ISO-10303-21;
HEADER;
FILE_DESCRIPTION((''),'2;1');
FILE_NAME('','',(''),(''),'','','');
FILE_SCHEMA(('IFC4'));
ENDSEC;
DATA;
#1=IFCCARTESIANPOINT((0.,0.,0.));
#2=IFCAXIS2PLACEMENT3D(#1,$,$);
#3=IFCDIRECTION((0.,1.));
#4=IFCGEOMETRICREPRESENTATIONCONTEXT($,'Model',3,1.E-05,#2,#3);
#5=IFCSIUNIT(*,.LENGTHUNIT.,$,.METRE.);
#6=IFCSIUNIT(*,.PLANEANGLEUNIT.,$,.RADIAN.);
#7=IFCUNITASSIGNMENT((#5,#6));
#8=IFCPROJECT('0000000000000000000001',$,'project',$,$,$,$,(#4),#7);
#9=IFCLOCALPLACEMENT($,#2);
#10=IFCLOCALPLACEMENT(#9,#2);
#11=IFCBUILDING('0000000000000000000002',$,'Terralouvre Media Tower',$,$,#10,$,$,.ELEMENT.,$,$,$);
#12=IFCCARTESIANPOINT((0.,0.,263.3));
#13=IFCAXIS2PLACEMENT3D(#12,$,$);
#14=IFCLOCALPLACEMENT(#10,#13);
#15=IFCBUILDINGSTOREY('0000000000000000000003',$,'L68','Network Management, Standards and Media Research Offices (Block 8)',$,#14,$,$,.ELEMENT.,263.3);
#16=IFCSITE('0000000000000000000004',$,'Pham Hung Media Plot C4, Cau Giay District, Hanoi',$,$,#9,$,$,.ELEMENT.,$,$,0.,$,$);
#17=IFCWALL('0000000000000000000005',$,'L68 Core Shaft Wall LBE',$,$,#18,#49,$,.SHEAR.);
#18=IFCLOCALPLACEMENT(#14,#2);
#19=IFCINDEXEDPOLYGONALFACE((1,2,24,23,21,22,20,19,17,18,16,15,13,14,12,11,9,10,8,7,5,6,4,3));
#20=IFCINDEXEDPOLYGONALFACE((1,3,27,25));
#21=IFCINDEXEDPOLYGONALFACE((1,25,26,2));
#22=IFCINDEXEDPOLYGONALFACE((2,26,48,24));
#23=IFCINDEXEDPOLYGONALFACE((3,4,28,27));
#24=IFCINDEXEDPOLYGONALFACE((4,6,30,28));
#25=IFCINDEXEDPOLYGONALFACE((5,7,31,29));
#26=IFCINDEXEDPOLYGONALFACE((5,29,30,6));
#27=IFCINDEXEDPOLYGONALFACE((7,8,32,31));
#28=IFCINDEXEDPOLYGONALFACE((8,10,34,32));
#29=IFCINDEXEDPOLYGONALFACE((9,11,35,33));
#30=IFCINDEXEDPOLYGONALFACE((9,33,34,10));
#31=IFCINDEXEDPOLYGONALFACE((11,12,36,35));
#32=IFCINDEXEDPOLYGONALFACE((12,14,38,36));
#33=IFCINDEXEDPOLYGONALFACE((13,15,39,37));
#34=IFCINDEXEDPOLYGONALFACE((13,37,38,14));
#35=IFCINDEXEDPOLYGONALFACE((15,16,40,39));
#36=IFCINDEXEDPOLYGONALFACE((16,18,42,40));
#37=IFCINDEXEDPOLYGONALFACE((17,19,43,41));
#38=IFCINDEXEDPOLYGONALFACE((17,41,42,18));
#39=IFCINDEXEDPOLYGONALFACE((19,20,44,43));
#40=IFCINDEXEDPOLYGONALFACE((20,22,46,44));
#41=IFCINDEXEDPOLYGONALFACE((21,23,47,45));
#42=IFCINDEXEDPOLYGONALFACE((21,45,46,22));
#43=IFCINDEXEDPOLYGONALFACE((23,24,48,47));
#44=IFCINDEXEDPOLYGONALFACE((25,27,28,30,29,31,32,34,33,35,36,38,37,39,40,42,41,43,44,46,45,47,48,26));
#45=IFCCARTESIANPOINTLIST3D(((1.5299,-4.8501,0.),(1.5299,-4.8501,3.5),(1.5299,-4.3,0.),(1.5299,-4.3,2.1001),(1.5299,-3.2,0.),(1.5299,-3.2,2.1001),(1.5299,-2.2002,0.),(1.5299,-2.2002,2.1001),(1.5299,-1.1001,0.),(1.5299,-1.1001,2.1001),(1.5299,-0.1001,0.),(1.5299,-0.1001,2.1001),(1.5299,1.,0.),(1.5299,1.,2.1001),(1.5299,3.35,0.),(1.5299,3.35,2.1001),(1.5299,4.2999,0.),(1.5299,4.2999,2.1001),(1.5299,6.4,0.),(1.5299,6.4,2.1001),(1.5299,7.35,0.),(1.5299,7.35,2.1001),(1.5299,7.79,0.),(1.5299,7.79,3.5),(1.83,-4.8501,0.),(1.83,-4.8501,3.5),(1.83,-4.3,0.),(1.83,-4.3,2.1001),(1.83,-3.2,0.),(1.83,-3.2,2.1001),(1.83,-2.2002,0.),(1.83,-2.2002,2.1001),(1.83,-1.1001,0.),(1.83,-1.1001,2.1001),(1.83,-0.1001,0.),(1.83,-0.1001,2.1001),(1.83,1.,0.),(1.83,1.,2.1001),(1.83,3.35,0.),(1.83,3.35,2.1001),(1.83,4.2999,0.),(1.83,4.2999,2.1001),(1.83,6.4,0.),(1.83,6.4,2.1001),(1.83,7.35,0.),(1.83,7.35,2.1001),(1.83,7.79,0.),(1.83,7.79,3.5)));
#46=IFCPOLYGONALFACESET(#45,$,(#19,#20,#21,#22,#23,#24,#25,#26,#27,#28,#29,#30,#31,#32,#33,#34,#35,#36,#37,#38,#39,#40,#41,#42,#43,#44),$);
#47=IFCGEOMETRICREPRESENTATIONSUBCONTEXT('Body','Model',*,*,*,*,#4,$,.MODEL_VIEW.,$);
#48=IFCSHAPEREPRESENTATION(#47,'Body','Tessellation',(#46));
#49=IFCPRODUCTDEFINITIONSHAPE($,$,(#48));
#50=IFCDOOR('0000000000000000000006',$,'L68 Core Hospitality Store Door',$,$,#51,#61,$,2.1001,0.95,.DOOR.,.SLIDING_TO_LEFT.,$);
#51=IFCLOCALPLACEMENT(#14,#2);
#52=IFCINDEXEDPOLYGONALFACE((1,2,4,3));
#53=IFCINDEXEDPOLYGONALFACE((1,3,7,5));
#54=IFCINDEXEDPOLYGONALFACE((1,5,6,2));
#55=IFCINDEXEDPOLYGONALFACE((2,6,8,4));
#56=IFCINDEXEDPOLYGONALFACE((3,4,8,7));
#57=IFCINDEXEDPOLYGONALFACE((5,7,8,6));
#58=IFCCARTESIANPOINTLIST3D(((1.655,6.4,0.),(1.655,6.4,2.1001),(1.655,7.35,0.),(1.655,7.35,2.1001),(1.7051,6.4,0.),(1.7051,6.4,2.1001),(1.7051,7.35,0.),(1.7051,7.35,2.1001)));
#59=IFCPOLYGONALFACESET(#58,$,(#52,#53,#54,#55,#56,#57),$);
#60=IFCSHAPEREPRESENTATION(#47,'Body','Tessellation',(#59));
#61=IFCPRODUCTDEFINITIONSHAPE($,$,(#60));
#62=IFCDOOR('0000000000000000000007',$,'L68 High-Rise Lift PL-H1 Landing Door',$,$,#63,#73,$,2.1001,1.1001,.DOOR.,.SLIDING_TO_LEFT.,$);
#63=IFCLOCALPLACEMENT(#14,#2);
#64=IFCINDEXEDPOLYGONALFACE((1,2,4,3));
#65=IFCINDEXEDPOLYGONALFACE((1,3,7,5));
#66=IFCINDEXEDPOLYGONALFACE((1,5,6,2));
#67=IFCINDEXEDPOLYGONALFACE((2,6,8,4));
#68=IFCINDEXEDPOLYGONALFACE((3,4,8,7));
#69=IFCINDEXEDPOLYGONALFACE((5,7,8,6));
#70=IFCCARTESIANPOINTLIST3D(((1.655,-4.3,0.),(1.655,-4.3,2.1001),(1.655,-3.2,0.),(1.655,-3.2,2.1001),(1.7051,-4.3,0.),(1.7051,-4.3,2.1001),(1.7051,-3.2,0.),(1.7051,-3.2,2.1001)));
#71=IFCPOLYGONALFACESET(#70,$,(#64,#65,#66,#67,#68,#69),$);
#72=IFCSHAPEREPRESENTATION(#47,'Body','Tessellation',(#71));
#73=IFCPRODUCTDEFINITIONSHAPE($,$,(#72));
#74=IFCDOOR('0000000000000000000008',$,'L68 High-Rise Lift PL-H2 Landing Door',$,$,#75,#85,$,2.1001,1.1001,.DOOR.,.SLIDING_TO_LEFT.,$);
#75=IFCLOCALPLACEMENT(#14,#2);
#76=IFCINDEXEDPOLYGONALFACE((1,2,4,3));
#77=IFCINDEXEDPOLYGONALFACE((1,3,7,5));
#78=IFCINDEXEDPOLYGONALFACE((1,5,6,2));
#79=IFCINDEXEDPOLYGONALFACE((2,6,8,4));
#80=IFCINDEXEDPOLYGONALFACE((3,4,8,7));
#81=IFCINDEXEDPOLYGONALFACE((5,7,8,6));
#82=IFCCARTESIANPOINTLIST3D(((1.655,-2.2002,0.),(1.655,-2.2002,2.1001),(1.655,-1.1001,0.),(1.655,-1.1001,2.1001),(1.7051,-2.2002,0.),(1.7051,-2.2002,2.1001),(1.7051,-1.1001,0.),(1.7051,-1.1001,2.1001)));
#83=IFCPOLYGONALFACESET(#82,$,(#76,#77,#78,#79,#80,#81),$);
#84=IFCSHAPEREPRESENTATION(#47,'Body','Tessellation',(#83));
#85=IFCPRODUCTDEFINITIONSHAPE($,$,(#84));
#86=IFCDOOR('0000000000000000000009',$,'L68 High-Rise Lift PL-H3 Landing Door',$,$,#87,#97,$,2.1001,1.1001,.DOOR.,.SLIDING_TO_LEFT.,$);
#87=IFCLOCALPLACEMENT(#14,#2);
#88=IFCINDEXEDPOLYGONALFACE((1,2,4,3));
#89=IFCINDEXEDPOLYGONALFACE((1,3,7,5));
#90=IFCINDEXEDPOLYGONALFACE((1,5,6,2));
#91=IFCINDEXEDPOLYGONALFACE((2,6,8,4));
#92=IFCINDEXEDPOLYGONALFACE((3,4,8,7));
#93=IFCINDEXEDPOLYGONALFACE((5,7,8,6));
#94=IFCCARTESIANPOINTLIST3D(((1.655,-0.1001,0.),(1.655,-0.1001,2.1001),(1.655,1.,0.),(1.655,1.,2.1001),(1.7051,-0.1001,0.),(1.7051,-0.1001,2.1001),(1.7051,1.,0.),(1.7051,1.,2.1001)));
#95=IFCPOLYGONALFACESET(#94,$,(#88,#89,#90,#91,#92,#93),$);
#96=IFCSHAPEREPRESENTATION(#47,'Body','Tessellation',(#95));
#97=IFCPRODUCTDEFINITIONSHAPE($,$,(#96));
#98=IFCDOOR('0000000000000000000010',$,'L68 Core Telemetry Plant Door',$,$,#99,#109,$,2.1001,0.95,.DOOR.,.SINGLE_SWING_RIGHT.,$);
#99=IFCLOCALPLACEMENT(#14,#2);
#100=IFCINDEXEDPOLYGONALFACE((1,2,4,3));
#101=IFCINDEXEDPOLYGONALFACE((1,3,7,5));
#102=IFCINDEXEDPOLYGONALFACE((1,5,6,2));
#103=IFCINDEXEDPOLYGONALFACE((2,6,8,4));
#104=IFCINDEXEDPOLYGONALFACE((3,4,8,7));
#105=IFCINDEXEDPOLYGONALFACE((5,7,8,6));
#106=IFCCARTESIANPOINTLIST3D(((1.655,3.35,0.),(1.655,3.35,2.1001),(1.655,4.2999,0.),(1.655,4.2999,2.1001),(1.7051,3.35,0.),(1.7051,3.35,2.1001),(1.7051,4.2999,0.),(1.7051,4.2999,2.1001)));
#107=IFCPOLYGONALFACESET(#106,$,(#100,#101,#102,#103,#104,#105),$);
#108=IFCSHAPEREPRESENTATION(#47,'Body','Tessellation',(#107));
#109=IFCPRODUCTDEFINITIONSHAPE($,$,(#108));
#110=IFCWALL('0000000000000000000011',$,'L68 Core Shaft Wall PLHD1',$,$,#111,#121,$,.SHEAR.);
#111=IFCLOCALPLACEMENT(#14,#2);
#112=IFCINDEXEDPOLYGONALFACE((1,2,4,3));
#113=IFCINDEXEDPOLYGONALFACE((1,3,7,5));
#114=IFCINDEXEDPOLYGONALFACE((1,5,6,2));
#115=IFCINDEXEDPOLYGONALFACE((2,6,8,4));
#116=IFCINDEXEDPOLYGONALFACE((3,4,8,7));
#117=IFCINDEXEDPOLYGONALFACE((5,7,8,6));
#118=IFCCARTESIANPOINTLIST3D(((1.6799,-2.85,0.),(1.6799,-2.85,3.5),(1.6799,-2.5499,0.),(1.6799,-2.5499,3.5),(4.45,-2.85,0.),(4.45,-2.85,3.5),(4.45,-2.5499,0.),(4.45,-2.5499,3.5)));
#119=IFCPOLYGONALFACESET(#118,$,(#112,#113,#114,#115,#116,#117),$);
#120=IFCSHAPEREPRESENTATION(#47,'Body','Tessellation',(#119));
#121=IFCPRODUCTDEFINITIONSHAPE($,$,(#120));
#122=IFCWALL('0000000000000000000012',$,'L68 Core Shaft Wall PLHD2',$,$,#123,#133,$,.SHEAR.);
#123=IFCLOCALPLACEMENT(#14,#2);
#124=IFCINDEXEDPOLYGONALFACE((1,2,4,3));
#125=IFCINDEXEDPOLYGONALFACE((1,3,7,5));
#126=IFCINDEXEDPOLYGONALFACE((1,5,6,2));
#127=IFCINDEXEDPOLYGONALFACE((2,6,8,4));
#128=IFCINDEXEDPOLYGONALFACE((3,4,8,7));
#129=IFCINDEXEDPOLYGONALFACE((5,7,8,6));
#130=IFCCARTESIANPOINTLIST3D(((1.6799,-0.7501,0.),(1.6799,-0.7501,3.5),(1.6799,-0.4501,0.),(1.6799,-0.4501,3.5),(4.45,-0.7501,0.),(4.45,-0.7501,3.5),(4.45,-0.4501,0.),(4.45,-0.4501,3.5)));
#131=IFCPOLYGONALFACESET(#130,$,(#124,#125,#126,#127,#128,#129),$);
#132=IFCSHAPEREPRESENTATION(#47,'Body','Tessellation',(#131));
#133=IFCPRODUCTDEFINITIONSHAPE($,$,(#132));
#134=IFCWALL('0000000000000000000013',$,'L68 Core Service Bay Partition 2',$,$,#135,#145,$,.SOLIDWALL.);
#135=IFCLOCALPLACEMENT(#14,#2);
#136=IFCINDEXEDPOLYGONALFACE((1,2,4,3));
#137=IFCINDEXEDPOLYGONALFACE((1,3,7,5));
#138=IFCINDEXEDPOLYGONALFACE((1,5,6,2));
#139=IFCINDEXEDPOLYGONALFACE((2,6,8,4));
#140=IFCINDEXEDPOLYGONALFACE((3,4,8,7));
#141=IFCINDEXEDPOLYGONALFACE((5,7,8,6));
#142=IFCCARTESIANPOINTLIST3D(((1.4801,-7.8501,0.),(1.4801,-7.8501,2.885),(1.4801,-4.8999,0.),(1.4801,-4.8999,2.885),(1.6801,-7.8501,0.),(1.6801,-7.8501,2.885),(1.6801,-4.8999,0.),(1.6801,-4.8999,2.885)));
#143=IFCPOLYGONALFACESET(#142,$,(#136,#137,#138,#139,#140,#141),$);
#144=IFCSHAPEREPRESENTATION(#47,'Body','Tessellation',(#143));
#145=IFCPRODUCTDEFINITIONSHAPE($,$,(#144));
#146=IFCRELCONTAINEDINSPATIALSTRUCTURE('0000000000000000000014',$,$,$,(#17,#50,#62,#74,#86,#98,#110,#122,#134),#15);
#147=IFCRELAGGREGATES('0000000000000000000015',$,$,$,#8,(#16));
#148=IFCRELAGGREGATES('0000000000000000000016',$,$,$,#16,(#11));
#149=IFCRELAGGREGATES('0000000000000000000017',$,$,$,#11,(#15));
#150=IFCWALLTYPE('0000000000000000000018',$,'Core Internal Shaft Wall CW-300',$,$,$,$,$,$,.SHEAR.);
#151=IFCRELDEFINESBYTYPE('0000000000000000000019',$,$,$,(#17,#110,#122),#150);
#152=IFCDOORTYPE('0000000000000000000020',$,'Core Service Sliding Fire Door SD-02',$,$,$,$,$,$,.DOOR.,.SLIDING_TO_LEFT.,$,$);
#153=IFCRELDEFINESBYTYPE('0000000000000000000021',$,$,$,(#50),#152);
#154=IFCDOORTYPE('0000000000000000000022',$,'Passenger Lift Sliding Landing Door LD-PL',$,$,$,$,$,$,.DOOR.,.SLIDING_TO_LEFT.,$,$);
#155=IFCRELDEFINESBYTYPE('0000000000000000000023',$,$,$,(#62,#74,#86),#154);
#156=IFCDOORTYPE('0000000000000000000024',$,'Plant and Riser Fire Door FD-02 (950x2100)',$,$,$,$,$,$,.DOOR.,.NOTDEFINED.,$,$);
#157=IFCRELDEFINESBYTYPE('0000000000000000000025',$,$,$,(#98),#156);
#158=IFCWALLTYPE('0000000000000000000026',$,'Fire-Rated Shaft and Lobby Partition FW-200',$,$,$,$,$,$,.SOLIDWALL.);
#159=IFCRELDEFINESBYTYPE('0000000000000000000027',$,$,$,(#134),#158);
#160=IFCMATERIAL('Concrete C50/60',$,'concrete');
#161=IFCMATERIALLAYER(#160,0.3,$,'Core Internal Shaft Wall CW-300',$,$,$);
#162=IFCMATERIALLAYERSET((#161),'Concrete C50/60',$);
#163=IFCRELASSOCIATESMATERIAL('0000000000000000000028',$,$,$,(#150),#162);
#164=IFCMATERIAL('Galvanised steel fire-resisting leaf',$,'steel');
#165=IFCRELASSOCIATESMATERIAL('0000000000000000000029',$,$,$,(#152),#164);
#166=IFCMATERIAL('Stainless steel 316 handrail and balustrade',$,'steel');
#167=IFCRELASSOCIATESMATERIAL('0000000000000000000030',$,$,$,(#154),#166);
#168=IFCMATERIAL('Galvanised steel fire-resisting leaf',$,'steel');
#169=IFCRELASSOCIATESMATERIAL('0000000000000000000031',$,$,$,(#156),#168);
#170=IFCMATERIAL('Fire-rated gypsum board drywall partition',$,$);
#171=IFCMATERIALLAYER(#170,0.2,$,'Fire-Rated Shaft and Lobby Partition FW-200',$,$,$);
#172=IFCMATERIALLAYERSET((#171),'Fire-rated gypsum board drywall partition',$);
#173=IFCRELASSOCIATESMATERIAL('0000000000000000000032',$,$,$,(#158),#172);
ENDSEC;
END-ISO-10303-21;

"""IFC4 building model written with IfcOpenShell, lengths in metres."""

from ifc_helpers import new_model, si_unit, direction, frame, frame_2d, origin, place, context, subcontext, project, spatial, rectangle, extrude, material, layer, layer_set, type_object, element, fill, save


model = new_model("IFC4")

# Units and contexts
model_context = context("Model", 3, precision=1e-05, world=origin(), true_north=direction((0.0, 1.0)))
body_context = subcontext(model_context, "Body", "Model", "MODEL_VIEW")
ifc_project = project(units=[si_unit("LENGTHUNIT", "METRE"), si_unit("PLANEANGLEUNIT", "RADIAN")], contexts=[model_context])

# Site, building, storey
site_placement = place(None, origin())
site = spatial("IfcSite", under=ifc_project, at=site_placement, Name="Pham Hung Media Plot C4, Cau Giay District, Hanoi", CompositionType="ELEMENT", RefElevation=0.0)
building_placement = place(site_placement, origin())
building = spatial("IfcBuilding", under=site, at=building_placement, Name="Terralouvre Media Tower", CompositionType="ELEMENT")
storey_placement = place(building_placement, frame((0.0, 0.0, 263.3)))
storey = spatial("IfcBuildingStorey", under=building, at=storey_placement, Name="L68", Description="Network Management, Standards and Media Research Offices (Block 8)", CompositionType="ELEMENT", Elevation=263.3)

# Shared definitions
ifc_material_1 = material(Name="Concrete C50/60", Category="concrete")
ifc_layer_1 = layer(ifc_material_1, 0.3, Name="Core Internal Shaft Wall CW-300")
ifc_layer_set_1 = layer_set([ifc_layer_1], Name="Concrete C50/60")
wall_type_1 = type_object("IfcWallType", Name="Core Internal Shaft Wall CW-300", PredefinedType="SHEAR", material=ifc_layer_set_1)

# Wall, openings, doors
wall_1_placement = place(storey_placement, frame((1.6799, -4.8501, 0.0), z_axis=(0.0, 0.0, 1.0), x_axis=(0.0, 1.0, 0.0)))
wall_1 = element("IfcWall", 1, at=wall_1_placement, inside=storey, type_object=wall_type_1, Name="L68 Core Shaft Wall LBE", PredefinedType="SHEAR", context=body_context, shape_type="SweptSolid", body=[
    extrude(rectangle(XDim=12.6401, YDim=0.3, at=frame_2d((6.3201, 0.0))), origin(), (0.0, 0.0, 1.0), 3.5),
])
opening_1_placement = place(wall_1_placement, frame((0.55, 0.0, 0.0)))
opening_1 = element("IfcOpeningElement", 2, at=opening_1_placement, cuts=wall_1, PredefinedType="OPENING", context=body_context, shape_type="SweptSolid", body=[
    extrude(rectangle(XDim=1.1001, YDim=2.1001, at=frame_2d((0.55, 1.05))), frame((0.0, 0.1599, 0.0), z_axis=(0.0, -1.0, 0.0), x_axis=(1.0, 0.0, 0.0)), (0.0, 0.0, 1.0), 0.3201),
])
opening_2_placement = place(wall_1_placement, frame((2.6499, 0.0, 0.0)))
opening_2 = element("IfcOpeningElement", 3, at=opening_2_placement, cuts=wall_1, PredefinedType="OPENING", context=body_context, shape_type="SweptSolid", body=[
    extrude(rectangle(XDim=1.1001, YDim=2.1001, at=frame_2d((0.55, 1.05))), frame((0.0, 0.1599, 0.0), z_axis=(0.0, -1.0, 0.0), x_axis=(1.0, 0.0, 0.0)), (0.0, 0.0, 1.0), 0.3201),
])
opening_3_placement = place(wall_1_placement, frame((4.75, 0.0, 0.0)))
opening_3 = element("IfcOpeningElement", 4, at=opening_3_placement, cuts=wall_1, PredefinedType="OPENING", context=body_context, shape_type="SweptSolid", body=[
    extrude(rectangle(XDim=1.1001, YDim=2.1001, at=frame_2d((0.55, 1.05))), frame((0.0, 0.1599, 0.0), z_axis=(0.0, -1.0, 0.0), x_axis=(1.0, 0.0, 0.0)), (0.0, 0.0, 1.0), 0.3201),
])
opening_4_placement = place(wall_1_placement, frame((8.2, 0.0, 0.0)))
opening_4 = element("IfcOpeningElement", 5, at=opening_4_placement, cuts=wall_1, PredefinedType="OPENING", context=body_context, shape_type="SweptSolid", body=[
    extrude(rectangle(XDim=0.95, YDim=2.1001, at=frame_2d((0.4751, 1.05))), frame((0.0, 0.1599, 0.0), z_axis=(0.0, -1.0, 0.0), x_axis=(1.0, 0.0, 0.0)), (0.0, 0.0, 1.0), 0.3201),
])
opening_5_placement = place(wall_1_placement, frame((11.25, 0.0, 0.0)))
opening_5 = element("IfcOpeningElement", 6, at=opening_5_placement, cuts=wall_1, PredefinedType="OPENING", context=body_context, shape_type="SweptSolid", body=[
    extrude(rectangle(XDim=0.95, YDim=2.1001, at=frame_2d((0.4751, 1.05))), frame((0.0, 0.1599, 0.0), z_axis=(0.0, -1.0, 0.0), x_axis=(1.0, 0.0, 0.0)), (0.0, 0.0, 1.0), 0.3201),
])
ifc_material_2 = material(Name="Galvanised steel fire-resisting leaf", Category="steel")
door_type_1 = type_object("IfcDoorType", Name="Core Service Sliding Fire Door SD-02", OperationType="SLIDING_TO_LEFT", PredefinedType="DOOR", material=ifc_material_2)
door_1_placement = place(opening_5_placement, origin())
door_1 = element("IfcDoor", 7, at=door_1_placement, inside=storey, type_object=door_type_1, Name="L68 Core Hospitality Store Door", OperationType="SLIDING_TO_LEFT", OverallHeight=2.1001, OverallWidth=0.95, PredefinedType="DOOR", context=body_context, shape_type="SweptSolid", body=[
    extrude(rectangle(XDim=0.95, YDim=2.1001, at=frame_2d((0.4751, 1.05))), frame((0.0, 0.0249, 0.0), z_axis=(0.0, -1.0, 0.0), x_axis=(1.0, 0.0, 0.0)), (0.0, 0.0, 1.0), 0.05),
])
fill(opening_5, door_1)
ifc_material_3 = material(Name="Stainless steel 316 handrail and balustrade", Category="steel")
door_type_2 = type_object("IfcDoorType", Name="Passenger Lift Sliding Landing Door LD-PL", OperationType="SLIDING_TO_LEFT", PredefinedType="DOOR", material=ifc_material_3)
door_2_placement = place(opening_1_placement, origin())
door_2 = element("IfcDoor", 8, at=door_2_placement, inside=storey, type_object=door_type_2, Name="L68 High-Rise Lift PL-H1 Landing Door", OperationType="SLIDING_TO_LEFT", OverallHeight=2.1001, OverallWidth=1.1001, PredefinedType="DOOR", context=body_context, shape_type="SweptSolid", body=[
    extrude(rectangle(XDim=1.1001, YDim=2.1001, at=frame_2d((0.55, 1.05))), frame((0.0, 0.0249, 0.0), z_axis=(0.0, -1.0, 0.0), x_axis=(1.0, 0.0, 0.0)), (0.0, 0.0, 1.0), 0.05),
])
fill(opening_1, door_2)
door_3_placement = place(opening_2_placement, origin())
door_3 = element("IfcDoor", 9, at=door_3_placement, inside=storey, type_object=door_type_2, Name="L68 High-Rise Lift PL-H2 Landing Door", OperationType="SLIDING_TO_LEFT", OverallHeight=2.1001, OverallWidth=1.1001, PredefinedType="DOOR", context=body_context, shape_type="SweptSolid", body=[
    extrude(rectangle(XDim=1.1001, YDim=2.1001, at=frame_2d((0.55, 1.05))), frame((0.0, 0.0249, 0.0), z_axis=(0.0, -1.0, 0.0), x_axis=(1.0, 0.0, 0.0)), (0.0, 0.0, 1.0), 0.05),
])
fill(opening_2, door_3)
door_4_placement = place(opening_3_placement, origin())
door_4 = element("IfcDoor", 10, at=door_4_placement, inside=storey, type_object=door_type_2, Name="L68 High-Rise Lift PL-H3 Landing Door", OperationType="SLIDING_TO_LEFT", OverallHeight=2.1001, OverallWidth=1.1001, PredefinedType="DOOR", context=body_context, shape_type="SweptSolid", body=[
    extrude(rectangle(XDim=1.1001, YDim=2.1001, at=frame_2d((0.55, 1.05))), frame((0.0, 0.0249, 0.0), z_axis=(0.0, -1.0, 0.0), x_axis=(1.0, 0.0, 0.0)), (0.0, 0.0, 1.0), 0.05),
])
fill(opening_3, door_4)
ifc_material_4 = material(Name="Galvanised steel fire-resisting leaf", Category="steel")
door_type_3 = type_object("IfcDoorType", Name="Plant and Riser Fire Door FD-02 (950x2100)", OperationType="NOTDEFINED", PredefinedType="DOOR", material=ifc_material_4)
door_5_placement = place(opening_4_placement, origin())
door_5 = element("IfcDoor", 11, at=door_5_placement, inside=storey, type_object=door_type_3, Name="L68 Core Telemetry Plant Door", OperationType="SINGLE_SWING_RIGHT", OverallHeight=2.1001, OverallWidth=0.95, PredefinedType="DOOR", context=body_context, shape_type="SweptSolid", body=[
    extrude(rectangle(XDim=0.95, YDim=2.1001, at=frame_2d((0.4751, 1.05))), frame((0.0, 0.0249, 0.0), z_axis=(0.0, -1.0, 0.0), x_axis=(1.0, 0.0, 0.0)), (0.0, 0.0, 1.0), 0.05),
])
fill(opening_4, door_5)

# Walls
for number, where, z_axis, x_axis, name in (
    (12, (1.6799, -2.7, 0.0), (0.0, 0.0, 1.0), (1.0, 0.0, 0.0), "L68 Core Shaft Wall PLHD1"),
    (13, (1.6799, -0.6001, 0.0), (0.0, 0.0, 1.0), (1.0, 0.0, 0.0), "L68 Core Shaft Wall PLHD2"),
):
    element("IfcWall", number, at=place(storey_placement, frame(where, z_axis=z_axis, x_axis=x_axis)), inside=storey, type_object=wall_type_1, Name=name, PredefinedType="SHEAR", context=body_context, shape_type="SweptSolid", body=[
        extrude(rectangle(XDim=2.77, YDim=0.3, at=frame_2d((1.385, 0.0))), origin(), (0.0, 0.0, 1.0), 3.5),
    ])
ifc_material_5 = material(Name="Fire-rated gypsum board drywall partition")
ifc_layer_2 = layer(ifc_material_5, 0.2, Name="Fire-Rated Shaft and Lobby Partition FW-200")
ifc_layer_set_2 = layer_set([ifc_layer_2], Name="Fire-rated gypsum board drywall partition")
wall_type_2 = type_object("IfcWallType", Name="Fire-Rated Shaft and Lobby Partition FW-200", PredefinedType="SOLIDWALL", material=ifc_layer_set_2)
wall_2_placement = place(storey_placement, frame((1.5801, -7.8501, 0.0), z_axis=(0.0, 0.0, 1.0), x_axis=(0.0, 1.0, 0.0)))
element("IfcWall", 14, at=wall_2_placement, inside=storey, type_object=wall_type_2, Name="L68 Core Service Bay Partition 2", PredefinedType="SOLIDWALL", context=body_context, shape_type="SweptSolid", body=[
    extrude(rectangle(XDim=2.9502, YDim=0.2, at=frame_2d((1.4751, 0.0))), origin(), (0.0, 0.0, 1.0), 2.885),
])

save(model, "model.ifc")
